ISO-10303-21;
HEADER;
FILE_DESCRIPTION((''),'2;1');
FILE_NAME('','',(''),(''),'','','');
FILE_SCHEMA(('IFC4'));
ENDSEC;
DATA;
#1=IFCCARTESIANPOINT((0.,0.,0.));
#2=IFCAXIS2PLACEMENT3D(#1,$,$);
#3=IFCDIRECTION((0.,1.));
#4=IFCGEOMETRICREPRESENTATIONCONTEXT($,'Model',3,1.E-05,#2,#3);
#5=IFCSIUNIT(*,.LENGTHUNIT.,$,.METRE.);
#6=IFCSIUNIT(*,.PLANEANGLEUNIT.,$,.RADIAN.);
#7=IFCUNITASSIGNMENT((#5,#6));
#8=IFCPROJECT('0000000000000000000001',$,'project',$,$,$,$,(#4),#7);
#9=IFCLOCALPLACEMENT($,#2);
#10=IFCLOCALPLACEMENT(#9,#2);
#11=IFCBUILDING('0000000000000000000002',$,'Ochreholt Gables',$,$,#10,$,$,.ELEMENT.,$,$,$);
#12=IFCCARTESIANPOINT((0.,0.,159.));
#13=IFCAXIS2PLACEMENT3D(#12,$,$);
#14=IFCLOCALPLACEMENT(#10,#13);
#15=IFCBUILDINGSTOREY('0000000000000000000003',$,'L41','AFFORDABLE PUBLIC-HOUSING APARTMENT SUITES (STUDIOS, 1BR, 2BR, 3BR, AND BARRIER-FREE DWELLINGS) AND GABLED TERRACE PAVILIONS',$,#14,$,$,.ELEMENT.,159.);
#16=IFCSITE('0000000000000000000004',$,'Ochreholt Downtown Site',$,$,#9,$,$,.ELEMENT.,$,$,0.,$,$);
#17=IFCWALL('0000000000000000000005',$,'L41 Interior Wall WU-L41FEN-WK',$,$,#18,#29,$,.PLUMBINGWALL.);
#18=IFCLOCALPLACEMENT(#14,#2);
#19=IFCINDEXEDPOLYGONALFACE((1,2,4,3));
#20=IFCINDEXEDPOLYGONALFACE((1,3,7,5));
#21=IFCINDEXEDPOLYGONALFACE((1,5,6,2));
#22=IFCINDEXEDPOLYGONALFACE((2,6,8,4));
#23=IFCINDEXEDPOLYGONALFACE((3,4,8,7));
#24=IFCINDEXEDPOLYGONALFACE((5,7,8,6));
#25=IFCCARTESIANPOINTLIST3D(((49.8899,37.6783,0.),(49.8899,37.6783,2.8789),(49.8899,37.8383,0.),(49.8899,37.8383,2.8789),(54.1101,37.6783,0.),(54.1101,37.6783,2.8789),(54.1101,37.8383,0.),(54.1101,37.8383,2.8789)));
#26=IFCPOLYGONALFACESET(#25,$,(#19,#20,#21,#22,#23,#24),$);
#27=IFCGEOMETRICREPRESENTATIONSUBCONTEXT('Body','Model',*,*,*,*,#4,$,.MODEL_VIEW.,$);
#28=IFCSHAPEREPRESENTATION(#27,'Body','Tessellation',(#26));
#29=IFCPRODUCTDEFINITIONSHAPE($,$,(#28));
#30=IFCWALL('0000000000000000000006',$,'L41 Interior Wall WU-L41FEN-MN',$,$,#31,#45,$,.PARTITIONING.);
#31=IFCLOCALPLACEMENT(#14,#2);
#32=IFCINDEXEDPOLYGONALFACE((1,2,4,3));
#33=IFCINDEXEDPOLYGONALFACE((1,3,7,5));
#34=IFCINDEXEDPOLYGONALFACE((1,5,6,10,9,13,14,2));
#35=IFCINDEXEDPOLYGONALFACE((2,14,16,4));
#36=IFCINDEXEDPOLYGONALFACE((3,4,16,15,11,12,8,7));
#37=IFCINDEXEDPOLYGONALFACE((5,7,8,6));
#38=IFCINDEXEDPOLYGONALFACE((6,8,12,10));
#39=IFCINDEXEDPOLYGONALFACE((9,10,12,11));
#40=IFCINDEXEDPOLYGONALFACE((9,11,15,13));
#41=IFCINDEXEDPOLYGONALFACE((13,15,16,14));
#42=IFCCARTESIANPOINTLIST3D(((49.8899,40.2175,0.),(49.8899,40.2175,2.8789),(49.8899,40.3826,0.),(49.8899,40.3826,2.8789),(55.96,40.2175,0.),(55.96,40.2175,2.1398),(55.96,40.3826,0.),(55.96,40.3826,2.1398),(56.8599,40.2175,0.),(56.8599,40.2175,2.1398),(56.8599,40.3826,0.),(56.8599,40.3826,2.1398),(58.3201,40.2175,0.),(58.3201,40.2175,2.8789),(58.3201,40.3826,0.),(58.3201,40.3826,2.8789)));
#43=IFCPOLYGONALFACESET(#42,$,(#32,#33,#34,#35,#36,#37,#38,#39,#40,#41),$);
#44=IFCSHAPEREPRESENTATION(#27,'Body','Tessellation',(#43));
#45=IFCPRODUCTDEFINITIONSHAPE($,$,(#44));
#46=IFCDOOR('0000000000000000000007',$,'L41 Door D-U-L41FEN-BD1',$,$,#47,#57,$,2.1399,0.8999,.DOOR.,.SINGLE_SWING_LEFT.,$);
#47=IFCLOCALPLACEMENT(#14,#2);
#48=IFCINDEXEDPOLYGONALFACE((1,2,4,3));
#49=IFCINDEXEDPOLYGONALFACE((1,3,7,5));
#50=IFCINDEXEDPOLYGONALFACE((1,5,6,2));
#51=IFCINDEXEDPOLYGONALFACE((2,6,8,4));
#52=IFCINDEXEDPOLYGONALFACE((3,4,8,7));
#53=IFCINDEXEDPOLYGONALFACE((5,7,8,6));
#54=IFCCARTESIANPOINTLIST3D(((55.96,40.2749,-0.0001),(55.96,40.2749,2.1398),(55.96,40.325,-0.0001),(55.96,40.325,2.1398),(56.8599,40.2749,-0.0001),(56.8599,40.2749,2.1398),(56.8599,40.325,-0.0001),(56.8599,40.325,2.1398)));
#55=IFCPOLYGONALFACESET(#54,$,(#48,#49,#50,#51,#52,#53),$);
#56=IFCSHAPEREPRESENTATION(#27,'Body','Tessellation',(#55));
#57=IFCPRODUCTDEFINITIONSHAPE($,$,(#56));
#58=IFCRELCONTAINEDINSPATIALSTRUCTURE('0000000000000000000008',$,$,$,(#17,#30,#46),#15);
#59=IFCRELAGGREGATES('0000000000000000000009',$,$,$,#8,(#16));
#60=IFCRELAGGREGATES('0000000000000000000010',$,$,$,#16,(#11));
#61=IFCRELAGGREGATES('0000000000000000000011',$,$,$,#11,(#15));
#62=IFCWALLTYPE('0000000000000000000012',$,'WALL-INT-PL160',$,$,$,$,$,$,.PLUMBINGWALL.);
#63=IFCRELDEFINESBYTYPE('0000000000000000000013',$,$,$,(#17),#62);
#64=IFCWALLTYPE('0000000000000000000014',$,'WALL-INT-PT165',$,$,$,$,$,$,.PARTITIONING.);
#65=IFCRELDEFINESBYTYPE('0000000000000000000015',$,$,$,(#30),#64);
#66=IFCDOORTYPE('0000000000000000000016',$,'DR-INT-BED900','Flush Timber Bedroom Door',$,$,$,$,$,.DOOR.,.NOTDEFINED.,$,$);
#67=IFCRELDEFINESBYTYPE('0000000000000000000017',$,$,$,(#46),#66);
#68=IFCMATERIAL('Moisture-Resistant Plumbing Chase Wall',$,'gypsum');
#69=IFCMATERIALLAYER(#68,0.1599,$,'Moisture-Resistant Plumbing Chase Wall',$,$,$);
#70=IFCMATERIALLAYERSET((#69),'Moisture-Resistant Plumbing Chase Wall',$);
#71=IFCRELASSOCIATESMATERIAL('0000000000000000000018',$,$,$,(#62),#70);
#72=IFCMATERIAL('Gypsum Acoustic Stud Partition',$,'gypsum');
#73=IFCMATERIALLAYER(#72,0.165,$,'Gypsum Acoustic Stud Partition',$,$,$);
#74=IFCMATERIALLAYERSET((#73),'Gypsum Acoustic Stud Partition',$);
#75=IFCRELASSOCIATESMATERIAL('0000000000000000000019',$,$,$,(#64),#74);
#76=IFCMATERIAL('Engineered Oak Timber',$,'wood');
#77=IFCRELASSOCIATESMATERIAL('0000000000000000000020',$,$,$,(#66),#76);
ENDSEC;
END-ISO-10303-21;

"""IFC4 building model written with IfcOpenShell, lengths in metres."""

from ifc_helpers import new_model, si_unit, direction, frame, frame_2d, origin, place, context, subcontext, project, spatial, rectangle, extrude, material, layer, layer_set, type_object, element, fill, save


model = new_model("IFC4")

# Units and contexts
model_context = context("Model", 3, precision=1e-05, world=origin(), true_north=direction((0.0, 1.0)))
body_context = subcontext(model_context, "Body", "Model", "MODEL_VIEW")
ifc_project = project(units=[si_unit("LENGTHUNIT", "METRE"), si_unit("PLANEANGLEUNIT", "RADIAN")], contexts=[model_context])

# Site, building, storey
site_placement = place(None, origin())
site = spatial("IfcSite", under=ifc_project, at=site_placement, Name="Ochreholt Downtown Site", CompositionType="ELEMENT", RefElevation=0.0)
building_placement = place(site_placement, origin())
building = spatial("IfcBuilding", under=site, at=building_placement, Name="Ochreholt Gables", CompositionType="ELEMENT")
storey_placement = place(building_placement, frame((0.0, 0.0, 159.0)))
storey = spatial("IfcBuildingStorey", under=building, at=storey_placement, Name="L41", Description="AFFORDABLE PUBLIC-HOUSING APARTMENT SUITES (STUDIOS, 1BR, 2BR, 3BR, AND BARRIER-FREE DWELLINGS) AND GABLED TERRACE PAVILIONS", CompositionType="ELEMENT", Elevation=159.0)

# Wall
ifc_material_1 = material(Name="Moisture-Resistant Plumbing Chase Wall", Category="gypsum")
ifc_layer_1 = layer(ifc_material_1, 0.1599, Name="Moisture-Resistant Plumbing Chase Wall")
ifc_layer_set_1 = layer_set([ifc_layer_1], Name="Moisture-Resistant Plumbing Chase Wall")
wall_type_1 = type_object("IfcWallType", Name="WALL-INT-PL160", PredefinedType="PLUMBINGWALL", material=ifc_layer_set_1)
wall_1_placement = place(storey_placement, frame((49.8899, 37.7583, 0.0), z_axis=(0.0, 0.0, 1.0), x_axis=(1.0, 0.0, 0.0)))
element("IfcWall", 1, at=wall_1_placement, inside=storey, type_object=wall_type_1, Name="L41 Interior Wall WU-L41FEN-WK", PredefinedType="PLUMBINGWALL", context=body_context, shape_type="SweptSolid", body=[
    extrude(rectangle(XDim=4.2202, YDim=0.1599, at=frame_2d((2.1101, 0.0))), origin(), (0.0, 0.0, 1.0), 2.8789),
])

# Wall, opening, door
ifc_material_2 = material(Name="Gypsum Acoustic Stud Partition", Category="gypsum")
ifc_layer_2 = layer(ifc_material_2, 0.165, Name="Gypsum Acoustic Stud Partition")
ifc_layer_set_2 = layer_set([ifc_layer_2], Name="Gypsum Acoustic Stud Partition")
wall_type_2 = type_object("IfcWallType", Name="WALL-INT-PT165", PredefinedType="PARTITIONING", material=ifc_layer_set_2)
wall_2_placement = place(storey_placement, frame((49.8899, 40.3, 0.0), z_axis=(0.0, 0.0, 1.0), x_axis=(1.0, 0.0, 0.0)))
wall_2 = element("IfcWall", 2, at=wall_2_placement, inside=storey, type_object=wall_type_2, Name="L41 Interior Wall WU-L41FEN-MN", PredefinedType="PARTITIONING", context=body_context, shape_type="SweptSolid", body=[
    extrude(rectangle(XDim=8.4302, YDim=0.165, at=frame_2d((4.2151, 0.0))), origin(), (0.0, 0.0, 1.0), 2.8789),
])
opening_1_placement = place(wall_2_placement, frame((6.0701, 0.0, 0.0)))
opening_1 = element("IfcOpeningElement", 3, at=opening_1_placement, cuts=wall_2, PredefinedType="OPENING", context=body_context, shape_type="SweptSolid", body=[
    extrude(rectangle(XDim=0.8999, YDim=2.1399, at=frame_2d((0.45, 1.0698))), frame((0.0, 0.0925, 0.0), z_axis=(0.0, -1.0, 0.0), x_axis=(1.0, 0.0, 0.0)), (0.0, 0.0, 1.0), 0.1851),
])
ifc_material_3 = material(Name="Engineered Oak Timber", Category="wood")
door_type = type_object("IfcDoorType", Name="DR-INT-BED900", Description="Flush Timber Bedroom Door", OperationType="NOTDEFINED", PredefinedType="DOOR", material=ifc_material_3)
door_placement = place(opening_1_placement, origin())
door = element("IfcDoor", 4, at=door_placement, inside=storey, type_object=door_type, Name="L41 Door D-U-L41FEN-BD1", OperationType="SINGLE_SWING_LEFT", OverallHeight=2.1399, OverallWidth=0.8999, PredefinedType="DOOR", context=body_context, shape_type="SweptSolid", body=[
    extrude(rectangle(XDim=0.8999, YDim=2.1399, at=frame_2d((0.45, 1.0698))), frame((0.0, 0.0249, 0.0), z_axis=(0.0, -1.0, 0.0), x_axis=(1.0, 0.0, 0.0)), (0.0, 0.0, 1.0), 0.05),
])
fill(opening_1, door)

save(model, "model.ifc")
